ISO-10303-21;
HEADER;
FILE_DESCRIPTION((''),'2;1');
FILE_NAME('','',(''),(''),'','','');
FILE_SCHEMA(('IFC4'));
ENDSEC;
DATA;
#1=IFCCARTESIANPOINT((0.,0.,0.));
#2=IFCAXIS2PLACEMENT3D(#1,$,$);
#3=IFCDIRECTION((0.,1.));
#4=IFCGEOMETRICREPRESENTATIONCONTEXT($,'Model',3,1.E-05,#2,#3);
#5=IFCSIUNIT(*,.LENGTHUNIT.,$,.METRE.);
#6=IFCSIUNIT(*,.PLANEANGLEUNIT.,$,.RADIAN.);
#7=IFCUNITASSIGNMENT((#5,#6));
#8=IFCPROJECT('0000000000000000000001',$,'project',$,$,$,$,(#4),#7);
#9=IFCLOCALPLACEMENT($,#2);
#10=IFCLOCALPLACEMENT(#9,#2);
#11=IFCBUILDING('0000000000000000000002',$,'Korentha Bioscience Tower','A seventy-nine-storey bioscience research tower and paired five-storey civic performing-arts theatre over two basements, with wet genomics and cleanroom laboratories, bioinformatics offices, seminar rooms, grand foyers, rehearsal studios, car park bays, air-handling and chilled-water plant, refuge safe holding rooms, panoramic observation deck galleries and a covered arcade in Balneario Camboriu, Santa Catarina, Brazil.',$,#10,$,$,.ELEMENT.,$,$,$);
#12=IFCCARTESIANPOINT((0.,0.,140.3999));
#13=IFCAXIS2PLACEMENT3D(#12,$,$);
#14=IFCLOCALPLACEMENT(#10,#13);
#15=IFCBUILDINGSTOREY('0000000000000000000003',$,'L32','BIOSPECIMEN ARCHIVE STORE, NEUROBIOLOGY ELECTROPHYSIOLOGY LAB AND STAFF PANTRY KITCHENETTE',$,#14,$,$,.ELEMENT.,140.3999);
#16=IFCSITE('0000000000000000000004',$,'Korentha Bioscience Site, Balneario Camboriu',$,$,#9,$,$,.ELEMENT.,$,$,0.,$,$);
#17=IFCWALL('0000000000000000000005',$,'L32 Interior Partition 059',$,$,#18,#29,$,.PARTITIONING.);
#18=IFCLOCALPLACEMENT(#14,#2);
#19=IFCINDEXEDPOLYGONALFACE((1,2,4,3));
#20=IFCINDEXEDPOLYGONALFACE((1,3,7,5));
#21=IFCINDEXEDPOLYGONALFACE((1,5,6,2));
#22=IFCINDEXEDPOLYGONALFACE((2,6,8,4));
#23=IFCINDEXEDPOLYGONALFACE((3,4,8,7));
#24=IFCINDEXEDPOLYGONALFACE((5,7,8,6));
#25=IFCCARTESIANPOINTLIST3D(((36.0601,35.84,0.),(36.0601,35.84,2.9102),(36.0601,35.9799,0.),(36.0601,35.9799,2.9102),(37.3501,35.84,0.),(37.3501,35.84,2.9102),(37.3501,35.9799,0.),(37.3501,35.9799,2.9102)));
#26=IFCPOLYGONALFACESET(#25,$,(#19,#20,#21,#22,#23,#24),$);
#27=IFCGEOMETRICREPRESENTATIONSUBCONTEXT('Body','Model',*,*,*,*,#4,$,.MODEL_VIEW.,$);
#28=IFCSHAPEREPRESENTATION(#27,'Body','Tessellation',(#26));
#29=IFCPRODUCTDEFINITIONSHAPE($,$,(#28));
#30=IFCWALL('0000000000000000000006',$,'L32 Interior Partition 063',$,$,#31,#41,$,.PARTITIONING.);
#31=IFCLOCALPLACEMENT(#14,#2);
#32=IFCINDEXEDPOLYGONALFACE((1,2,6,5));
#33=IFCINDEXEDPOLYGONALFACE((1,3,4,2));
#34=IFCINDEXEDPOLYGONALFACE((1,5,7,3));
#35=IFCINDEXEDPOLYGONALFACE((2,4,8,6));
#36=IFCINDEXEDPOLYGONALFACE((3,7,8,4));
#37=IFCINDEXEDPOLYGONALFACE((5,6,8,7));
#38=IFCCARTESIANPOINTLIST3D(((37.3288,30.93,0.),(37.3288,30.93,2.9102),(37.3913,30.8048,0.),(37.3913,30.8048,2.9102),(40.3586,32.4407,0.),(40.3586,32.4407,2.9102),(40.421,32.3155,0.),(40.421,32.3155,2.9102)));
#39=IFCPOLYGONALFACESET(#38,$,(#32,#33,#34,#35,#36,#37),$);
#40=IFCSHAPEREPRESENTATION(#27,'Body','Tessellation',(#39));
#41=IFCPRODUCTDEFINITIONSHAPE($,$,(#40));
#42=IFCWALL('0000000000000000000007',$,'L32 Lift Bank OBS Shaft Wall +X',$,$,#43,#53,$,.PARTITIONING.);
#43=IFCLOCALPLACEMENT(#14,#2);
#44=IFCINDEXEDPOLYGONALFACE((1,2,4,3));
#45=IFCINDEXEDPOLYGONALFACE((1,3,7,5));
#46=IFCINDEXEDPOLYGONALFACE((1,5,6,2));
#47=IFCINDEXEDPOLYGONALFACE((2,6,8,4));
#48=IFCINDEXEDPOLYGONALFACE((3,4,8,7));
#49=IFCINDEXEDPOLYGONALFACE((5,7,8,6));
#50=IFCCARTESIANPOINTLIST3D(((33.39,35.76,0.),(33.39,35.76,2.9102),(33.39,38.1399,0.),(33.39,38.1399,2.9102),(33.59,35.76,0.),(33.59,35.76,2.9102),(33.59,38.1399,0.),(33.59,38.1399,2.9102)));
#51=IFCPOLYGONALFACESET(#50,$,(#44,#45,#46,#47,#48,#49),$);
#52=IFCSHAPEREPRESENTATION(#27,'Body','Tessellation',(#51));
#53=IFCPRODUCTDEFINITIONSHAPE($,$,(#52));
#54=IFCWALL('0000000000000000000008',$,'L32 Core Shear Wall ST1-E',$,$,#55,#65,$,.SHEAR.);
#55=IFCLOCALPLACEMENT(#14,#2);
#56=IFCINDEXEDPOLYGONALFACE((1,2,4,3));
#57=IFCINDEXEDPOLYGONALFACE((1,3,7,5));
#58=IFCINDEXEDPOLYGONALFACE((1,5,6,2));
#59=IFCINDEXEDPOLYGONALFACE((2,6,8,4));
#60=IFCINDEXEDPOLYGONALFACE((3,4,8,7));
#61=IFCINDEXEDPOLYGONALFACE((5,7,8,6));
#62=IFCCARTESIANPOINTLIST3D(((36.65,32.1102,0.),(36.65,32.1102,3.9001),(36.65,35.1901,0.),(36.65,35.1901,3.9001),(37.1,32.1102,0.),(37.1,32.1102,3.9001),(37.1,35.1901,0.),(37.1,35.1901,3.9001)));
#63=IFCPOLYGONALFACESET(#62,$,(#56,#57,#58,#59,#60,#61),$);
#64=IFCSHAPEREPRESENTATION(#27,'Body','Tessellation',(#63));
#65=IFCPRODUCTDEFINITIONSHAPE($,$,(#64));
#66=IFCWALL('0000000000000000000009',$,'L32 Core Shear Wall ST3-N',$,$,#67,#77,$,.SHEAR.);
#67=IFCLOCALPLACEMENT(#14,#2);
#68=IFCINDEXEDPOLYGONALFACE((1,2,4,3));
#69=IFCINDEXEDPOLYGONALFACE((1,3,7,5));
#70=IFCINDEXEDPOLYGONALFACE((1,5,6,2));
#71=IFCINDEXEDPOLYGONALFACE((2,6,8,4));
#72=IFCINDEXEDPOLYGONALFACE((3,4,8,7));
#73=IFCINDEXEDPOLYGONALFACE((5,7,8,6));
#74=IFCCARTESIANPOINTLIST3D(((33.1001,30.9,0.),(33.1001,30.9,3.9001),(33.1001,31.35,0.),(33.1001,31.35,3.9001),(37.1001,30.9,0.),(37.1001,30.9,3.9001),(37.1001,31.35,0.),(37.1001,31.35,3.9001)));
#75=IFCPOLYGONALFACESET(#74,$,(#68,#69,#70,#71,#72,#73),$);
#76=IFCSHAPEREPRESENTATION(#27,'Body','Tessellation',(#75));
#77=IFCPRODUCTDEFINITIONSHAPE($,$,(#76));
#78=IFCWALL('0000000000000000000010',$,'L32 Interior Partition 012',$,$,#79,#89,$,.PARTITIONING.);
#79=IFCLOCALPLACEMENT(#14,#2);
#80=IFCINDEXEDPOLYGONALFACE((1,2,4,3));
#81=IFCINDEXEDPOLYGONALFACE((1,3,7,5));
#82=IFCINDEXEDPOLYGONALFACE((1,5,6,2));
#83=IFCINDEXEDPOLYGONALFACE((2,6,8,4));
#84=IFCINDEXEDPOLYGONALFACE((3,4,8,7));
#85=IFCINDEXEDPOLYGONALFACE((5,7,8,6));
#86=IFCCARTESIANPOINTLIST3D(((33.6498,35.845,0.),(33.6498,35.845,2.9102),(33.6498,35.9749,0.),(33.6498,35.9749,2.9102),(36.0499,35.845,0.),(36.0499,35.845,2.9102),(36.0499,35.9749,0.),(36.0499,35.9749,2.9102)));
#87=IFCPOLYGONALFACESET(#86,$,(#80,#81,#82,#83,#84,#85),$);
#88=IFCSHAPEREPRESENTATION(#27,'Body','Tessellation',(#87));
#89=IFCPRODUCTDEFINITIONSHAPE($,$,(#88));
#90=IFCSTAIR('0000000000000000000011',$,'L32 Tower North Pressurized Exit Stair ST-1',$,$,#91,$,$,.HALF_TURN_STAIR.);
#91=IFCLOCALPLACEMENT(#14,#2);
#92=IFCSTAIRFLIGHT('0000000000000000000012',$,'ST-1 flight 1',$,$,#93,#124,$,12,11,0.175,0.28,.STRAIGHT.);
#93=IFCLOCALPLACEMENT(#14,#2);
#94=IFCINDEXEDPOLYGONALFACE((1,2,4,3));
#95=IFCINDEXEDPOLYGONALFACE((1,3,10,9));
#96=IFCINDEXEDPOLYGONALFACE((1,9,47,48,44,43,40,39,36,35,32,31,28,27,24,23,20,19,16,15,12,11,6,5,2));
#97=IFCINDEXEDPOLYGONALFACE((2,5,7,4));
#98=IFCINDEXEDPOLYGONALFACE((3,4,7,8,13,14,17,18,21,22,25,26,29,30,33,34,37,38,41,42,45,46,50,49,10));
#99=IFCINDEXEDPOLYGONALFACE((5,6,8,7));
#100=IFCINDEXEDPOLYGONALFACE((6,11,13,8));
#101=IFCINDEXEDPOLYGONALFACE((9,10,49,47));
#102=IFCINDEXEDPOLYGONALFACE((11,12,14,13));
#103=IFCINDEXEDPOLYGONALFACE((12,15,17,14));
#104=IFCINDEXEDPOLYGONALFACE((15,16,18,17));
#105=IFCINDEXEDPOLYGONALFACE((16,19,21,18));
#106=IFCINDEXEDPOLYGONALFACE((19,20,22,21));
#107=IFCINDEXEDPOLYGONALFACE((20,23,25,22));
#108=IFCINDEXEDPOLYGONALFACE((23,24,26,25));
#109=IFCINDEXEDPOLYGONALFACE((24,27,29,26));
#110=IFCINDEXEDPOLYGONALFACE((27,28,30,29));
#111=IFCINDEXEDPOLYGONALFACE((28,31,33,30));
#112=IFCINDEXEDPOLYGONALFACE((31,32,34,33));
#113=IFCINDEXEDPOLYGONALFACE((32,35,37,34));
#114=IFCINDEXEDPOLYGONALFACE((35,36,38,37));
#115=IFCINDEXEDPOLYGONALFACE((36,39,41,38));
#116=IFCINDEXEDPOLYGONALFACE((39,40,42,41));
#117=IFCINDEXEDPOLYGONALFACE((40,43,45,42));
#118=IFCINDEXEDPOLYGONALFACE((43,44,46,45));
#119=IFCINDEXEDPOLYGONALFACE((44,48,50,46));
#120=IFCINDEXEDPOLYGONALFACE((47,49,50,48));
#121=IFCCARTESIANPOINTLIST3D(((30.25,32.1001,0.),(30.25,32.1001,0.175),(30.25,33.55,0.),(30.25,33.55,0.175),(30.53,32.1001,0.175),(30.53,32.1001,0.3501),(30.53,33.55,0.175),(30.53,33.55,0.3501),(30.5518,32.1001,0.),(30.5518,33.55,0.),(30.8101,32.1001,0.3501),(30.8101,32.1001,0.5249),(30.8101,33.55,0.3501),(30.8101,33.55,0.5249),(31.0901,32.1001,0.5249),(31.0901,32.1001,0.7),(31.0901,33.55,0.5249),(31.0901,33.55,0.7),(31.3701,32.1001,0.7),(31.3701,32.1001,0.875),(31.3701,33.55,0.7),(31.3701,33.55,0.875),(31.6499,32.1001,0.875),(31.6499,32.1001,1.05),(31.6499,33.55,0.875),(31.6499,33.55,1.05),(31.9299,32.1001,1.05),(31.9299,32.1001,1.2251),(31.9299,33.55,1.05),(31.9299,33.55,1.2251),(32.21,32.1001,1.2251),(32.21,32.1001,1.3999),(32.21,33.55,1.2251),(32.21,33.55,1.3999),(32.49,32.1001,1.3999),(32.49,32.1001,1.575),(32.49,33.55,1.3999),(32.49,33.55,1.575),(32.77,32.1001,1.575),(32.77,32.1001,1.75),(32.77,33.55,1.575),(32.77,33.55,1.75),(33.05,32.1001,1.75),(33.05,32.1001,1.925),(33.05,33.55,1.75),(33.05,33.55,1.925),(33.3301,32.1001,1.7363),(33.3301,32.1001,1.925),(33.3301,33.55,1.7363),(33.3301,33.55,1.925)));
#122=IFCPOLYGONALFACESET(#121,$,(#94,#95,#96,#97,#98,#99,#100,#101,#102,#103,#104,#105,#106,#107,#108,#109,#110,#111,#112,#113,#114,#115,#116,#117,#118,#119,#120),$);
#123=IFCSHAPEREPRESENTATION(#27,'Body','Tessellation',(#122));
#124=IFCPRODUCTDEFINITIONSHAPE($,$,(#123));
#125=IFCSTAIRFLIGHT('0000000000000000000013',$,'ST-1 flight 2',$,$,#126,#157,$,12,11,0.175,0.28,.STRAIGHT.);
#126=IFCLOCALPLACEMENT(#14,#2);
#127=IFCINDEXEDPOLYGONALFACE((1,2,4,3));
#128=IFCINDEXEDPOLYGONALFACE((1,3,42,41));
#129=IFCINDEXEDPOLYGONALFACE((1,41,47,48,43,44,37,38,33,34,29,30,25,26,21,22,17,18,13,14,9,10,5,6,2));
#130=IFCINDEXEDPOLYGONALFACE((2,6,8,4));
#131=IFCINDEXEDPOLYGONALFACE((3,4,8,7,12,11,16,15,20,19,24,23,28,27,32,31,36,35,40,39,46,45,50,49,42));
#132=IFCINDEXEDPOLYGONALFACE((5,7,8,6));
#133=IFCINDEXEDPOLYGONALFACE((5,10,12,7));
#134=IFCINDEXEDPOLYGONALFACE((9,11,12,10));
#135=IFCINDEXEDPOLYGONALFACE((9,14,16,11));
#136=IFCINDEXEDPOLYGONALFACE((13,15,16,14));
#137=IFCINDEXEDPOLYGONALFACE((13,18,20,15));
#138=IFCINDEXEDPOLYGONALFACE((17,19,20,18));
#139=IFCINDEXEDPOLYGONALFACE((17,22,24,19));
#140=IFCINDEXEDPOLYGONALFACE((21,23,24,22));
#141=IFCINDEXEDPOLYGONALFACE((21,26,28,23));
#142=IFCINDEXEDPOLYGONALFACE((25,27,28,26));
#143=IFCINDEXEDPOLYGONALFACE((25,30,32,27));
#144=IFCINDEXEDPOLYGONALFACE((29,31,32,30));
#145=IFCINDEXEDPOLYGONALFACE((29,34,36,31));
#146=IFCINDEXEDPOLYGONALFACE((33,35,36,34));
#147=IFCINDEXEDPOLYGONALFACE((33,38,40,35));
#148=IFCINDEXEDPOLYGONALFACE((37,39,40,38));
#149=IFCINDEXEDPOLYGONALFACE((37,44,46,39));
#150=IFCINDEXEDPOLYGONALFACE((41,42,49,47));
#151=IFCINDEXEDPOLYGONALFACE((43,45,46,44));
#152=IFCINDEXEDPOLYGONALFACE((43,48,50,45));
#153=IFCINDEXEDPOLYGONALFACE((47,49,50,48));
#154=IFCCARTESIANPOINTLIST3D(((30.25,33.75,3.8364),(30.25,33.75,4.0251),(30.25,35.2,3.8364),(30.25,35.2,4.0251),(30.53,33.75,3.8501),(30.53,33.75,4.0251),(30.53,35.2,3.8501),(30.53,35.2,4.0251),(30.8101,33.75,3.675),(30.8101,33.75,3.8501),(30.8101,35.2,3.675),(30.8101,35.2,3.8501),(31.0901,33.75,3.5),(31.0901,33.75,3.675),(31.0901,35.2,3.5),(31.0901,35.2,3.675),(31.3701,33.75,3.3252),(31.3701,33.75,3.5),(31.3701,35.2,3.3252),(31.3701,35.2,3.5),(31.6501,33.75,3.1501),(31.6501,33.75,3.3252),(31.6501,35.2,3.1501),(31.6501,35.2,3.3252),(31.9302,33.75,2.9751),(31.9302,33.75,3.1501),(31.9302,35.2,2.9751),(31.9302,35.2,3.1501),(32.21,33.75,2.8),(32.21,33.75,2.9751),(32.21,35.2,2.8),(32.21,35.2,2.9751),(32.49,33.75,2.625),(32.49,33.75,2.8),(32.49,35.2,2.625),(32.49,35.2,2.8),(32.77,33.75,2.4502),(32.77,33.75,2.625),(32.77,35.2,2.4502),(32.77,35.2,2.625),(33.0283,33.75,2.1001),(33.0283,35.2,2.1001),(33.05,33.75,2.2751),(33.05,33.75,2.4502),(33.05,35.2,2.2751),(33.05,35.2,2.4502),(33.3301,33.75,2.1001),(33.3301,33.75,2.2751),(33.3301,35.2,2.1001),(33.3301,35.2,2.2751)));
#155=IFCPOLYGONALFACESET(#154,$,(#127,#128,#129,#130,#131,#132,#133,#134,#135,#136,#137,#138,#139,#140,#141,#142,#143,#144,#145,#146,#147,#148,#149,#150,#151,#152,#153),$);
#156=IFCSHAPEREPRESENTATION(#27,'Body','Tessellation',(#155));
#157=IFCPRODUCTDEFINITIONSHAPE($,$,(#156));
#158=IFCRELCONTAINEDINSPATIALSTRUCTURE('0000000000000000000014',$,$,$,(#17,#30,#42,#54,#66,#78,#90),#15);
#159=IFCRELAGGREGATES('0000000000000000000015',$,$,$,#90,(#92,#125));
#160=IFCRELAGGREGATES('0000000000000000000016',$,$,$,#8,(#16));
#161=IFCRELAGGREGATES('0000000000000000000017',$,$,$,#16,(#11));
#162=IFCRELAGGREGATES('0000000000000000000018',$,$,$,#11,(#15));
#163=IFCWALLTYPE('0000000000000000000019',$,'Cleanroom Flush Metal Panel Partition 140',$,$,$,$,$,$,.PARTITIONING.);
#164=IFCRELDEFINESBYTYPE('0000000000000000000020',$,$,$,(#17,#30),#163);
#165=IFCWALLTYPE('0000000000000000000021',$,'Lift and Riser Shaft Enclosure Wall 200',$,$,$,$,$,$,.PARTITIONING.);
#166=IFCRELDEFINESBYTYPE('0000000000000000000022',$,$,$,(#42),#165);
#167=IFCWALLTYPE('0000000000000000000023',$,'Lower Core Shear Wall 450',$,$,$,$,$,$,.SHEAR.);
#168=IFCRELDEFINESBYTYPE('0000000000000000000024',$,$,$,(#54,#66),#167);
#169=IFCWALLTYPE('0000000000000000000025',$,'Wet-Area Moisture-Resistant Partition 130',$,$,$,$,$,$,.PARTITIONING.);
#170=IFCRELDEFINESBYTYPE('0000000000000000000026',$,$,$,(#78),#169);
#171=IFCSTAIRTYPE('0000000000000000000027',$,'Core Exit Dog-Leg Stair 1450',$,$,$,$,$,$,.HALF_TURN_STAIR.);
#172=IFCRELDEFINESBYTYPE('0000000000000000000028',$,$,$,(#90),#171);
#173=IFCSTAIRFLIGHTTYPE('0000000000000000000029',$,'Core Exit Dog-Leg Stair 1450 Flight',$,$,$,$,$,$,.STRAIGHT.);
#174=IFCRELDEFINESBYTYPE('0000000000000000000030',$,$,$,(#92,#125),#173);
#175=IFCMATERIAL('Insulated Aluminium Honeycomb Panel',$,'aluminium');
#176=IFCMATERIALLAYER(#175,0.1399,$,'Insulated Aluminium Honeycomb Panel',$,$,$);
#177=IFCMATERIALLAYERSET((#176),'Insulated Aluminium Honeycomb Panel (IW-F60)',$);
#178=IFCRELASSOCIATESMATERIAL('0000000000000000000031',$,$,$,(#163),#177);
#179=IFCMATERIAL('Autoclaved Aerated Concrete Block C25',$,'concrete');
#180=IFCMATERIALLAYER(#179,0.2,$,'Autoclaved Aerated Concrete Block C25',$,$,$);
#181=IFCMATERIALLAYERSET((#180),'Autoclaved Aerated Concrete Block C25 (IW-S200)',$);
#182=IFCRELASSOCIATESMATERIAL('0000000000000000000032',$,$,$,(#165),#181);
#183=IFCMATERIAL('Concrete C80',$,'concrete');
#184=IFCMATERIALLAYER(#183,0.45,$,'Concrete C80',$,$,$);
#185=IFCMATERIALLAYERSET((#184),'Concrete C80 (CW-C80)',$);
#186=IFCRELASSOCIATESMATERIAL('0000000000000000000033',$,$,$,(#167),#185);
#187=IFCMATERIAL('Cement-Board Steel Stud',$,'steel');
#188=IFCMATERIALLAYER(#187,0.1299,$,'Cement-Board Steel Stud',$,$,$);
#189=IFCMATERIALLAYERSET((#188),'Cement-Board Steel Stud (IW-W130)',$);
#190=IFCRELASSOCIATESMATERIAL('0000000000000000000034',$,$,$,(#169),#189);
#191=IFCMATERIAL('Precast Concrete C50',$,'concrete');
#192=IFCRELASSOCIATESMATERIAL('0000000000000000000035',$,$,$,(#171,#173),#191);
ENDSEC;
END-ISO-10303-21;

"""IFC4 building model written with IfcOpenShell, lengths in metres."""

from ifc_helpers import new_model, si_unit, direction, frame, frame_2d, origin, place, context, subcontext, project, spatial, polyline, rectangle, outline, extrude, material, layer, layer_set, type_object, element, aggregate, save


model = new_model("IFC4")

# Units and contexts
model_context = context("Model", 3, precision=1e-05, world=origin(), true_north=direction((0.0, 1.0)))
body_context = subcontext(model_context, "Body", "Model", "MODEL_VIEW")
ifc_project = project(units=[si_unit("LENGTHUNIT", "METRE"), si_unit("PLANEANGLEUNIT", "RADIAN")], contexts=[model_context])

# Site, building, storey
site_placement = place(None, origin())
site = spatial("IfcSite", under=ifc_project, at=site_placement, Name="Korentha Bioscience Site, Balneario Camboriu", CompositionType="ELEMENT", RefElevation=0.0)
building_placement = place(site_placement, origin())
building = spatial("IfcBuilding", under=site, at=building_placement, Name="Korentha Bioscience Tower", Description="A seventy-nine-storey bioscience research tower and paired five-storey civic performing-arts theatre over two basements, with wet genomics and cleanroom laboratories, bioinformatics offices, seminar rooms, grand foyers, rehearsal studios, car park bays, air-handling and chilled-water plant, refuge safe holding rooms, panoramic observation deck galleries and a covered arcade in Balneario Camboriu, Santa Catarina, Brazil.", CompositionType="ELEMENT")
storey_placement = place(building_placement, frame((0.0, 0.0, 140.3999)))
storey = spatial("IfcBuildingStorey", under=building, at=storey_placement, Name="L32", Description="BIOSPECIMEN ARCHIVE STORE, NEUROBIOLOGY ELECTROPHYSIOLOGY LAB AND STAFF PANTRY KITCHENETTE", CompositionType="ELEMENT", Elevation=140.3999)

# Walls
ifc_material_1 = material(Name="Insulated Aluminium Honeycomb Panel", Category="aluminium")
ifc_layer_1 = layer(ifc_material_1, 0.1399, Name="Insulated Aluminium Honeycomb Panel")
ifc_layer_set_1 = layer_set([ifc_layer_1], Name="Insulated Aluminium Honeycomb Panel (IW-F60)")
wall_type_1 = type_object("IfcWallType", Name="Cleanroom Flush Metal Panel Partition 140", PredefinedType="PARTITIONING", material=ifc_layer_set_1)
wall_1_placement = place(storey_placement, frame((37.3501, 35.9099, 0.0), z_axis=(0.0, 0.0, 1.0), x_axis=(-1.0, 0.0, 0.0)))
element("IfcWall", 1, at=wall_1_placement, inside=storey, type_object=wall_type_1, Name="L32 Interior Partition 059", PredefinedType="PARTITIONING", context=body_context, shape_type="SweptSolid", body=[
    extrude(rectangle(XDim=1.29, YDim=0.1399, at=frame_2d((0.645, 0.0))), origin(), (0.0, 0.0, 1.0), 2.9102),
])
wall_2_placement = place(storey_placement, frame((40.3899, 32.3782, 0.0), z_axis=(0.0, 0.0, 1.0), x_axis=(-0.894917, -0.446233, 0.0)))
element("IfcWall", 2, at=wall_2_placement, inside=storey, type_object=wall_type_1, Name="L32 Interior Partition 063", PredefinedType="PARTITIONING", context=body_context, shape_type="SweptSolid", body=[
    extrude(rectangle(XDim=3.3855, YDim=0.1399, at=frame_2d((1.6929, 0.0))), origin(), (0.0, 0.0, 1.0), 2.9102),
])
ifc_material_2 = material(Name="Autoclaved Aerated Concrete Block C25", Category="concrete")
ifc_layer_2 = layer(ifc_material_2, 0.2, Name="Autoclaved Aerated Concrete Block C25")
ifc_layer_set_2 = layer_set([ifc_layer_2], Name="Autoclaved Aerated Concrete Block C25 (IW-S200)")
wall_type_2 = type_object("IfcWallType", Name="Lift and Riser Shaft Enclosure Wall 200", PredefinedType="PARTITIONING", material=ifc_layer_set_2)
wall_3_placement = place(storey_placement, frame((33.49, 35.76, 0.0), z_axis=(0.0, 0.0, 1.0), x_axis=(0.0, 1.0, 0.0)))
element("IfcWall", 3, at=wall_3_placement, inside=storey, type_object=wall_type_2, Name="L32 Lift Bank OBS Shaft Wall +X", PredefinedType="PARTITIONING", context=body_context, shape_type="SweptSolid", body=[
    extrude(rectangle(XDim=2.3799, YDim=0.2, at=frame_2d((1.1899, 0.0))), origin(), (0.0, 0.0, 1.0), 2.9102),
])
ifc_material_3 = material(Name="Concrete C80", Category="concrete")
ifc_layer_3 = layer(ifc_material_3, 0.45, Name="Concrete C80")
ifc_layer_set_3 = layer_set([ifc_layer_3], Name="Concrete C80 (CW-C80)")
wall_type_3 = type_object("IfcWallType", Name="Lower Core Shear Wall 450", PredefinedType="SHEAR", material=ifc_layer_set_3)
wall_4_placement = place(storey_placement, frame((36.875, 32.1101, 0.0), z_axis=(0.0, 0.0, 1.0), x_axis=(0.0, 1.0, 0.0)))
element("IfcWall", 4, at=wall_4_placement, inside=storey, type_object=wall_type_3, Name="L32 Core Shear Wall ST1-E", PredefinedType="SHEAR", context=body_context, shape_type="SweptSolid", body=[
    extrude(rectangle(XDim=3.0798, YDim=0.45, at=frame_2d((1.54, 0.0))), origin(), (0.0, 0.0, 1.0), 3.9001),
])
wall_5_placement = place(storey_placement, frame((33.1001, 31.125, 0.0), z_axis=(0.0, 0.0, 1.0), x_axis=(1.0, 0.0, 0.0)))
element("IfcWall", 5, at=wall_5_placement, inside=storey, type_object=wall_type_3, Name="L32 Core Shear Wall ST3-N", PredefinedType="SHEAR", context=body_context, shape_type="SweptSolid", body=[
    extrude(rectangle(XDim=4.0, YDim=0.45, at=frame_2d((2.0, 0.0))), origin(), (0.0, 0.0, 1.0), 3.9001),
])
ifc_material_4 = material(Name="Cement-Board Steel Stud", Category="steel")
ifc_layer_4 = layer(ifc_material_4, 0.1299, Name="Cement-Board Steel Stud")
ifc_layer_set_4 = layer_set([ifc_layer_4], Name="Cement-Board Steel Stud (IW-W130)")
wall_type_4 = type_object("IfcWallType", Name="Wet-Area Moisture-Resistant Partition 130", PredefinedType="PARTITIONING", material=ifc_layer_set_4)
wall_6_placement = place(storey_placement, frame((36.05, 35.9099, 0.0), z_axis=(0.0, 0.0, 1.0), x_axis=(-1.0, 0.0, 0.0)))
element("IfcWall", 6, at=wall_6_placement, inside=storey, type_object=wall_type_4, Name="L32 Interior Partition 012", PredefinedType="PARTITIONING", context=body_context, shape_type="SweptSolid", body=[
    extrude(rectangle(XDim=2.4001, YDim=0.1299, at=frame_2d((1.2002, 0.0))), origin(), (0.0, 0.0, 1.0), 2.9102),
])

# Stair, stair flights
ifc_material_5 = material(Name="Precast Concrete C50", Category="concrete")
stair_type = type_object("IfcStairType", Name="Core Exit Dog-Leg Stair 1450", PredefinedType="HALF_TURN_STAIR", material=ifc_material_5)
stair_1_placement = place(storey_placement, origin())
stair_1 = element("IfcStair", 7, at=stair_1_placement, inside=storey, type_object=stair_type, Name="L32 Tower North Pressurized Exit Stair ST-1", PredefinedType="HALF_TURN_STAIR")
stair_flight_type = type_object("IfcStairFlightType", Name="Core Exit Dog-Leg Stair 1450 Flight", PredefinedType="STRAIGHT", material=ifc_material_5)
stair_flight_1_placement = place(storey_placement, frame((30.25, 32.825, 0.0), z_axis=(0.0, 0.0, 1.0), x_axis=(1.0, 0.0, 0.0)))
stair_flight_1 = element("IfcStairFlight", 8, at=stair_flight_1_placement, type_object=stair_flight_type, Name="ST-1 flight 1", NumberOfRisers=12, NumberOfTreads=11, PredefinedType="STRAIGHT", RiserHeight=0.175, TreadLength=0.28, context=body_context, shape_type="SweptSolid", body=[
    extrude(outline(polyline([(0.0, 0.0), (0.0, 0.175), (0.28, 0.175), (0.28, 0.3501), (0.5601, 0.3501), (0.5601, 0.5249), (0.8401, 0.5249), (0.8401, 0.7), (1.1201, 0.7), (1.1201, 0.875), (1.3999, 0.875), (1.3999, 1.05), (1.6799, 1.05), (1.6799, 1.2251), (1.96, 1.2251), (1.96, 1.3999), (2.24, 1.3999), (2.24, 1.575), (2.52, 1.575), (2.52, 1.75), (2.8, 1.75), (2.8, 1.925), (3.0801, 1.925), (3.0801, 2.1001), (3.0801, 1.7363), (0.3018, 0.0), (0.0, 0.0)])), frame((0.0, 0.7251, 0.0), z_axis=(0.0, -1.0, 0.0), x_axis=(1.0, 0.0, 0.0)), (0.0, 0.0, 1.0), 1.45),
])
stair_flight_2_placement = place(storey_placement, frame((33.3301, 34.4751, 2.1001), z_axis=(0.0, 0.0, 1.0), x_axis=(-1.0, 0.0, 0.0)))
stair_flight_2 = element("IfcStairFlight", 9, at=stair_flight_2_placement, type_object=stair_flight_type, Name="ST-1 flight 2", NumberOfRisers=12, NumberOfTreads=11, PredefinedType="STRAIGHT", RiserHeight=0.175, TreadLength=0.28, context=body_context, shape_type="SweptSolid", body=[
    extrude(outline(polyline([(0.0, 0.0), (0.0, 0.175), (0.28, 0.175), (0.28, 0.3501), (0.5601, 0.3501), (0.5601, 0.5249), (0.8401, 0.5249), (0.8401, 0.7), (1.1201, 0.7), (1.1201, 0.875), (1.3999, 0.875), (1.3999, 1.05), (1.6799, 1.05), (1.6799, 1.2251), (1.96, 1.2251), (1.96, 1.3999), (2.24, 1.3999), (2.24, 1.575), (2.52, 1.575), (2.52, 1.75), (2.8, 1.75), (2.8, 1.925), (3.0801, 1.925), (3.0801, 2.1001), (3.0801, 1.7363), (0.3018, 0.0), (0.0, 0.0)])), frame((0.0, 0.7251, 0.0), z_axis=(0.0, -1.0, 0.0), x_axis=(1.0, 0.0, 0.0)), (0.0, 0.0, 1.0), 1.45),
])
aggregate(stair_1, [stair_flight_1, stair_flight_2])

save(model, "model.ifc")
